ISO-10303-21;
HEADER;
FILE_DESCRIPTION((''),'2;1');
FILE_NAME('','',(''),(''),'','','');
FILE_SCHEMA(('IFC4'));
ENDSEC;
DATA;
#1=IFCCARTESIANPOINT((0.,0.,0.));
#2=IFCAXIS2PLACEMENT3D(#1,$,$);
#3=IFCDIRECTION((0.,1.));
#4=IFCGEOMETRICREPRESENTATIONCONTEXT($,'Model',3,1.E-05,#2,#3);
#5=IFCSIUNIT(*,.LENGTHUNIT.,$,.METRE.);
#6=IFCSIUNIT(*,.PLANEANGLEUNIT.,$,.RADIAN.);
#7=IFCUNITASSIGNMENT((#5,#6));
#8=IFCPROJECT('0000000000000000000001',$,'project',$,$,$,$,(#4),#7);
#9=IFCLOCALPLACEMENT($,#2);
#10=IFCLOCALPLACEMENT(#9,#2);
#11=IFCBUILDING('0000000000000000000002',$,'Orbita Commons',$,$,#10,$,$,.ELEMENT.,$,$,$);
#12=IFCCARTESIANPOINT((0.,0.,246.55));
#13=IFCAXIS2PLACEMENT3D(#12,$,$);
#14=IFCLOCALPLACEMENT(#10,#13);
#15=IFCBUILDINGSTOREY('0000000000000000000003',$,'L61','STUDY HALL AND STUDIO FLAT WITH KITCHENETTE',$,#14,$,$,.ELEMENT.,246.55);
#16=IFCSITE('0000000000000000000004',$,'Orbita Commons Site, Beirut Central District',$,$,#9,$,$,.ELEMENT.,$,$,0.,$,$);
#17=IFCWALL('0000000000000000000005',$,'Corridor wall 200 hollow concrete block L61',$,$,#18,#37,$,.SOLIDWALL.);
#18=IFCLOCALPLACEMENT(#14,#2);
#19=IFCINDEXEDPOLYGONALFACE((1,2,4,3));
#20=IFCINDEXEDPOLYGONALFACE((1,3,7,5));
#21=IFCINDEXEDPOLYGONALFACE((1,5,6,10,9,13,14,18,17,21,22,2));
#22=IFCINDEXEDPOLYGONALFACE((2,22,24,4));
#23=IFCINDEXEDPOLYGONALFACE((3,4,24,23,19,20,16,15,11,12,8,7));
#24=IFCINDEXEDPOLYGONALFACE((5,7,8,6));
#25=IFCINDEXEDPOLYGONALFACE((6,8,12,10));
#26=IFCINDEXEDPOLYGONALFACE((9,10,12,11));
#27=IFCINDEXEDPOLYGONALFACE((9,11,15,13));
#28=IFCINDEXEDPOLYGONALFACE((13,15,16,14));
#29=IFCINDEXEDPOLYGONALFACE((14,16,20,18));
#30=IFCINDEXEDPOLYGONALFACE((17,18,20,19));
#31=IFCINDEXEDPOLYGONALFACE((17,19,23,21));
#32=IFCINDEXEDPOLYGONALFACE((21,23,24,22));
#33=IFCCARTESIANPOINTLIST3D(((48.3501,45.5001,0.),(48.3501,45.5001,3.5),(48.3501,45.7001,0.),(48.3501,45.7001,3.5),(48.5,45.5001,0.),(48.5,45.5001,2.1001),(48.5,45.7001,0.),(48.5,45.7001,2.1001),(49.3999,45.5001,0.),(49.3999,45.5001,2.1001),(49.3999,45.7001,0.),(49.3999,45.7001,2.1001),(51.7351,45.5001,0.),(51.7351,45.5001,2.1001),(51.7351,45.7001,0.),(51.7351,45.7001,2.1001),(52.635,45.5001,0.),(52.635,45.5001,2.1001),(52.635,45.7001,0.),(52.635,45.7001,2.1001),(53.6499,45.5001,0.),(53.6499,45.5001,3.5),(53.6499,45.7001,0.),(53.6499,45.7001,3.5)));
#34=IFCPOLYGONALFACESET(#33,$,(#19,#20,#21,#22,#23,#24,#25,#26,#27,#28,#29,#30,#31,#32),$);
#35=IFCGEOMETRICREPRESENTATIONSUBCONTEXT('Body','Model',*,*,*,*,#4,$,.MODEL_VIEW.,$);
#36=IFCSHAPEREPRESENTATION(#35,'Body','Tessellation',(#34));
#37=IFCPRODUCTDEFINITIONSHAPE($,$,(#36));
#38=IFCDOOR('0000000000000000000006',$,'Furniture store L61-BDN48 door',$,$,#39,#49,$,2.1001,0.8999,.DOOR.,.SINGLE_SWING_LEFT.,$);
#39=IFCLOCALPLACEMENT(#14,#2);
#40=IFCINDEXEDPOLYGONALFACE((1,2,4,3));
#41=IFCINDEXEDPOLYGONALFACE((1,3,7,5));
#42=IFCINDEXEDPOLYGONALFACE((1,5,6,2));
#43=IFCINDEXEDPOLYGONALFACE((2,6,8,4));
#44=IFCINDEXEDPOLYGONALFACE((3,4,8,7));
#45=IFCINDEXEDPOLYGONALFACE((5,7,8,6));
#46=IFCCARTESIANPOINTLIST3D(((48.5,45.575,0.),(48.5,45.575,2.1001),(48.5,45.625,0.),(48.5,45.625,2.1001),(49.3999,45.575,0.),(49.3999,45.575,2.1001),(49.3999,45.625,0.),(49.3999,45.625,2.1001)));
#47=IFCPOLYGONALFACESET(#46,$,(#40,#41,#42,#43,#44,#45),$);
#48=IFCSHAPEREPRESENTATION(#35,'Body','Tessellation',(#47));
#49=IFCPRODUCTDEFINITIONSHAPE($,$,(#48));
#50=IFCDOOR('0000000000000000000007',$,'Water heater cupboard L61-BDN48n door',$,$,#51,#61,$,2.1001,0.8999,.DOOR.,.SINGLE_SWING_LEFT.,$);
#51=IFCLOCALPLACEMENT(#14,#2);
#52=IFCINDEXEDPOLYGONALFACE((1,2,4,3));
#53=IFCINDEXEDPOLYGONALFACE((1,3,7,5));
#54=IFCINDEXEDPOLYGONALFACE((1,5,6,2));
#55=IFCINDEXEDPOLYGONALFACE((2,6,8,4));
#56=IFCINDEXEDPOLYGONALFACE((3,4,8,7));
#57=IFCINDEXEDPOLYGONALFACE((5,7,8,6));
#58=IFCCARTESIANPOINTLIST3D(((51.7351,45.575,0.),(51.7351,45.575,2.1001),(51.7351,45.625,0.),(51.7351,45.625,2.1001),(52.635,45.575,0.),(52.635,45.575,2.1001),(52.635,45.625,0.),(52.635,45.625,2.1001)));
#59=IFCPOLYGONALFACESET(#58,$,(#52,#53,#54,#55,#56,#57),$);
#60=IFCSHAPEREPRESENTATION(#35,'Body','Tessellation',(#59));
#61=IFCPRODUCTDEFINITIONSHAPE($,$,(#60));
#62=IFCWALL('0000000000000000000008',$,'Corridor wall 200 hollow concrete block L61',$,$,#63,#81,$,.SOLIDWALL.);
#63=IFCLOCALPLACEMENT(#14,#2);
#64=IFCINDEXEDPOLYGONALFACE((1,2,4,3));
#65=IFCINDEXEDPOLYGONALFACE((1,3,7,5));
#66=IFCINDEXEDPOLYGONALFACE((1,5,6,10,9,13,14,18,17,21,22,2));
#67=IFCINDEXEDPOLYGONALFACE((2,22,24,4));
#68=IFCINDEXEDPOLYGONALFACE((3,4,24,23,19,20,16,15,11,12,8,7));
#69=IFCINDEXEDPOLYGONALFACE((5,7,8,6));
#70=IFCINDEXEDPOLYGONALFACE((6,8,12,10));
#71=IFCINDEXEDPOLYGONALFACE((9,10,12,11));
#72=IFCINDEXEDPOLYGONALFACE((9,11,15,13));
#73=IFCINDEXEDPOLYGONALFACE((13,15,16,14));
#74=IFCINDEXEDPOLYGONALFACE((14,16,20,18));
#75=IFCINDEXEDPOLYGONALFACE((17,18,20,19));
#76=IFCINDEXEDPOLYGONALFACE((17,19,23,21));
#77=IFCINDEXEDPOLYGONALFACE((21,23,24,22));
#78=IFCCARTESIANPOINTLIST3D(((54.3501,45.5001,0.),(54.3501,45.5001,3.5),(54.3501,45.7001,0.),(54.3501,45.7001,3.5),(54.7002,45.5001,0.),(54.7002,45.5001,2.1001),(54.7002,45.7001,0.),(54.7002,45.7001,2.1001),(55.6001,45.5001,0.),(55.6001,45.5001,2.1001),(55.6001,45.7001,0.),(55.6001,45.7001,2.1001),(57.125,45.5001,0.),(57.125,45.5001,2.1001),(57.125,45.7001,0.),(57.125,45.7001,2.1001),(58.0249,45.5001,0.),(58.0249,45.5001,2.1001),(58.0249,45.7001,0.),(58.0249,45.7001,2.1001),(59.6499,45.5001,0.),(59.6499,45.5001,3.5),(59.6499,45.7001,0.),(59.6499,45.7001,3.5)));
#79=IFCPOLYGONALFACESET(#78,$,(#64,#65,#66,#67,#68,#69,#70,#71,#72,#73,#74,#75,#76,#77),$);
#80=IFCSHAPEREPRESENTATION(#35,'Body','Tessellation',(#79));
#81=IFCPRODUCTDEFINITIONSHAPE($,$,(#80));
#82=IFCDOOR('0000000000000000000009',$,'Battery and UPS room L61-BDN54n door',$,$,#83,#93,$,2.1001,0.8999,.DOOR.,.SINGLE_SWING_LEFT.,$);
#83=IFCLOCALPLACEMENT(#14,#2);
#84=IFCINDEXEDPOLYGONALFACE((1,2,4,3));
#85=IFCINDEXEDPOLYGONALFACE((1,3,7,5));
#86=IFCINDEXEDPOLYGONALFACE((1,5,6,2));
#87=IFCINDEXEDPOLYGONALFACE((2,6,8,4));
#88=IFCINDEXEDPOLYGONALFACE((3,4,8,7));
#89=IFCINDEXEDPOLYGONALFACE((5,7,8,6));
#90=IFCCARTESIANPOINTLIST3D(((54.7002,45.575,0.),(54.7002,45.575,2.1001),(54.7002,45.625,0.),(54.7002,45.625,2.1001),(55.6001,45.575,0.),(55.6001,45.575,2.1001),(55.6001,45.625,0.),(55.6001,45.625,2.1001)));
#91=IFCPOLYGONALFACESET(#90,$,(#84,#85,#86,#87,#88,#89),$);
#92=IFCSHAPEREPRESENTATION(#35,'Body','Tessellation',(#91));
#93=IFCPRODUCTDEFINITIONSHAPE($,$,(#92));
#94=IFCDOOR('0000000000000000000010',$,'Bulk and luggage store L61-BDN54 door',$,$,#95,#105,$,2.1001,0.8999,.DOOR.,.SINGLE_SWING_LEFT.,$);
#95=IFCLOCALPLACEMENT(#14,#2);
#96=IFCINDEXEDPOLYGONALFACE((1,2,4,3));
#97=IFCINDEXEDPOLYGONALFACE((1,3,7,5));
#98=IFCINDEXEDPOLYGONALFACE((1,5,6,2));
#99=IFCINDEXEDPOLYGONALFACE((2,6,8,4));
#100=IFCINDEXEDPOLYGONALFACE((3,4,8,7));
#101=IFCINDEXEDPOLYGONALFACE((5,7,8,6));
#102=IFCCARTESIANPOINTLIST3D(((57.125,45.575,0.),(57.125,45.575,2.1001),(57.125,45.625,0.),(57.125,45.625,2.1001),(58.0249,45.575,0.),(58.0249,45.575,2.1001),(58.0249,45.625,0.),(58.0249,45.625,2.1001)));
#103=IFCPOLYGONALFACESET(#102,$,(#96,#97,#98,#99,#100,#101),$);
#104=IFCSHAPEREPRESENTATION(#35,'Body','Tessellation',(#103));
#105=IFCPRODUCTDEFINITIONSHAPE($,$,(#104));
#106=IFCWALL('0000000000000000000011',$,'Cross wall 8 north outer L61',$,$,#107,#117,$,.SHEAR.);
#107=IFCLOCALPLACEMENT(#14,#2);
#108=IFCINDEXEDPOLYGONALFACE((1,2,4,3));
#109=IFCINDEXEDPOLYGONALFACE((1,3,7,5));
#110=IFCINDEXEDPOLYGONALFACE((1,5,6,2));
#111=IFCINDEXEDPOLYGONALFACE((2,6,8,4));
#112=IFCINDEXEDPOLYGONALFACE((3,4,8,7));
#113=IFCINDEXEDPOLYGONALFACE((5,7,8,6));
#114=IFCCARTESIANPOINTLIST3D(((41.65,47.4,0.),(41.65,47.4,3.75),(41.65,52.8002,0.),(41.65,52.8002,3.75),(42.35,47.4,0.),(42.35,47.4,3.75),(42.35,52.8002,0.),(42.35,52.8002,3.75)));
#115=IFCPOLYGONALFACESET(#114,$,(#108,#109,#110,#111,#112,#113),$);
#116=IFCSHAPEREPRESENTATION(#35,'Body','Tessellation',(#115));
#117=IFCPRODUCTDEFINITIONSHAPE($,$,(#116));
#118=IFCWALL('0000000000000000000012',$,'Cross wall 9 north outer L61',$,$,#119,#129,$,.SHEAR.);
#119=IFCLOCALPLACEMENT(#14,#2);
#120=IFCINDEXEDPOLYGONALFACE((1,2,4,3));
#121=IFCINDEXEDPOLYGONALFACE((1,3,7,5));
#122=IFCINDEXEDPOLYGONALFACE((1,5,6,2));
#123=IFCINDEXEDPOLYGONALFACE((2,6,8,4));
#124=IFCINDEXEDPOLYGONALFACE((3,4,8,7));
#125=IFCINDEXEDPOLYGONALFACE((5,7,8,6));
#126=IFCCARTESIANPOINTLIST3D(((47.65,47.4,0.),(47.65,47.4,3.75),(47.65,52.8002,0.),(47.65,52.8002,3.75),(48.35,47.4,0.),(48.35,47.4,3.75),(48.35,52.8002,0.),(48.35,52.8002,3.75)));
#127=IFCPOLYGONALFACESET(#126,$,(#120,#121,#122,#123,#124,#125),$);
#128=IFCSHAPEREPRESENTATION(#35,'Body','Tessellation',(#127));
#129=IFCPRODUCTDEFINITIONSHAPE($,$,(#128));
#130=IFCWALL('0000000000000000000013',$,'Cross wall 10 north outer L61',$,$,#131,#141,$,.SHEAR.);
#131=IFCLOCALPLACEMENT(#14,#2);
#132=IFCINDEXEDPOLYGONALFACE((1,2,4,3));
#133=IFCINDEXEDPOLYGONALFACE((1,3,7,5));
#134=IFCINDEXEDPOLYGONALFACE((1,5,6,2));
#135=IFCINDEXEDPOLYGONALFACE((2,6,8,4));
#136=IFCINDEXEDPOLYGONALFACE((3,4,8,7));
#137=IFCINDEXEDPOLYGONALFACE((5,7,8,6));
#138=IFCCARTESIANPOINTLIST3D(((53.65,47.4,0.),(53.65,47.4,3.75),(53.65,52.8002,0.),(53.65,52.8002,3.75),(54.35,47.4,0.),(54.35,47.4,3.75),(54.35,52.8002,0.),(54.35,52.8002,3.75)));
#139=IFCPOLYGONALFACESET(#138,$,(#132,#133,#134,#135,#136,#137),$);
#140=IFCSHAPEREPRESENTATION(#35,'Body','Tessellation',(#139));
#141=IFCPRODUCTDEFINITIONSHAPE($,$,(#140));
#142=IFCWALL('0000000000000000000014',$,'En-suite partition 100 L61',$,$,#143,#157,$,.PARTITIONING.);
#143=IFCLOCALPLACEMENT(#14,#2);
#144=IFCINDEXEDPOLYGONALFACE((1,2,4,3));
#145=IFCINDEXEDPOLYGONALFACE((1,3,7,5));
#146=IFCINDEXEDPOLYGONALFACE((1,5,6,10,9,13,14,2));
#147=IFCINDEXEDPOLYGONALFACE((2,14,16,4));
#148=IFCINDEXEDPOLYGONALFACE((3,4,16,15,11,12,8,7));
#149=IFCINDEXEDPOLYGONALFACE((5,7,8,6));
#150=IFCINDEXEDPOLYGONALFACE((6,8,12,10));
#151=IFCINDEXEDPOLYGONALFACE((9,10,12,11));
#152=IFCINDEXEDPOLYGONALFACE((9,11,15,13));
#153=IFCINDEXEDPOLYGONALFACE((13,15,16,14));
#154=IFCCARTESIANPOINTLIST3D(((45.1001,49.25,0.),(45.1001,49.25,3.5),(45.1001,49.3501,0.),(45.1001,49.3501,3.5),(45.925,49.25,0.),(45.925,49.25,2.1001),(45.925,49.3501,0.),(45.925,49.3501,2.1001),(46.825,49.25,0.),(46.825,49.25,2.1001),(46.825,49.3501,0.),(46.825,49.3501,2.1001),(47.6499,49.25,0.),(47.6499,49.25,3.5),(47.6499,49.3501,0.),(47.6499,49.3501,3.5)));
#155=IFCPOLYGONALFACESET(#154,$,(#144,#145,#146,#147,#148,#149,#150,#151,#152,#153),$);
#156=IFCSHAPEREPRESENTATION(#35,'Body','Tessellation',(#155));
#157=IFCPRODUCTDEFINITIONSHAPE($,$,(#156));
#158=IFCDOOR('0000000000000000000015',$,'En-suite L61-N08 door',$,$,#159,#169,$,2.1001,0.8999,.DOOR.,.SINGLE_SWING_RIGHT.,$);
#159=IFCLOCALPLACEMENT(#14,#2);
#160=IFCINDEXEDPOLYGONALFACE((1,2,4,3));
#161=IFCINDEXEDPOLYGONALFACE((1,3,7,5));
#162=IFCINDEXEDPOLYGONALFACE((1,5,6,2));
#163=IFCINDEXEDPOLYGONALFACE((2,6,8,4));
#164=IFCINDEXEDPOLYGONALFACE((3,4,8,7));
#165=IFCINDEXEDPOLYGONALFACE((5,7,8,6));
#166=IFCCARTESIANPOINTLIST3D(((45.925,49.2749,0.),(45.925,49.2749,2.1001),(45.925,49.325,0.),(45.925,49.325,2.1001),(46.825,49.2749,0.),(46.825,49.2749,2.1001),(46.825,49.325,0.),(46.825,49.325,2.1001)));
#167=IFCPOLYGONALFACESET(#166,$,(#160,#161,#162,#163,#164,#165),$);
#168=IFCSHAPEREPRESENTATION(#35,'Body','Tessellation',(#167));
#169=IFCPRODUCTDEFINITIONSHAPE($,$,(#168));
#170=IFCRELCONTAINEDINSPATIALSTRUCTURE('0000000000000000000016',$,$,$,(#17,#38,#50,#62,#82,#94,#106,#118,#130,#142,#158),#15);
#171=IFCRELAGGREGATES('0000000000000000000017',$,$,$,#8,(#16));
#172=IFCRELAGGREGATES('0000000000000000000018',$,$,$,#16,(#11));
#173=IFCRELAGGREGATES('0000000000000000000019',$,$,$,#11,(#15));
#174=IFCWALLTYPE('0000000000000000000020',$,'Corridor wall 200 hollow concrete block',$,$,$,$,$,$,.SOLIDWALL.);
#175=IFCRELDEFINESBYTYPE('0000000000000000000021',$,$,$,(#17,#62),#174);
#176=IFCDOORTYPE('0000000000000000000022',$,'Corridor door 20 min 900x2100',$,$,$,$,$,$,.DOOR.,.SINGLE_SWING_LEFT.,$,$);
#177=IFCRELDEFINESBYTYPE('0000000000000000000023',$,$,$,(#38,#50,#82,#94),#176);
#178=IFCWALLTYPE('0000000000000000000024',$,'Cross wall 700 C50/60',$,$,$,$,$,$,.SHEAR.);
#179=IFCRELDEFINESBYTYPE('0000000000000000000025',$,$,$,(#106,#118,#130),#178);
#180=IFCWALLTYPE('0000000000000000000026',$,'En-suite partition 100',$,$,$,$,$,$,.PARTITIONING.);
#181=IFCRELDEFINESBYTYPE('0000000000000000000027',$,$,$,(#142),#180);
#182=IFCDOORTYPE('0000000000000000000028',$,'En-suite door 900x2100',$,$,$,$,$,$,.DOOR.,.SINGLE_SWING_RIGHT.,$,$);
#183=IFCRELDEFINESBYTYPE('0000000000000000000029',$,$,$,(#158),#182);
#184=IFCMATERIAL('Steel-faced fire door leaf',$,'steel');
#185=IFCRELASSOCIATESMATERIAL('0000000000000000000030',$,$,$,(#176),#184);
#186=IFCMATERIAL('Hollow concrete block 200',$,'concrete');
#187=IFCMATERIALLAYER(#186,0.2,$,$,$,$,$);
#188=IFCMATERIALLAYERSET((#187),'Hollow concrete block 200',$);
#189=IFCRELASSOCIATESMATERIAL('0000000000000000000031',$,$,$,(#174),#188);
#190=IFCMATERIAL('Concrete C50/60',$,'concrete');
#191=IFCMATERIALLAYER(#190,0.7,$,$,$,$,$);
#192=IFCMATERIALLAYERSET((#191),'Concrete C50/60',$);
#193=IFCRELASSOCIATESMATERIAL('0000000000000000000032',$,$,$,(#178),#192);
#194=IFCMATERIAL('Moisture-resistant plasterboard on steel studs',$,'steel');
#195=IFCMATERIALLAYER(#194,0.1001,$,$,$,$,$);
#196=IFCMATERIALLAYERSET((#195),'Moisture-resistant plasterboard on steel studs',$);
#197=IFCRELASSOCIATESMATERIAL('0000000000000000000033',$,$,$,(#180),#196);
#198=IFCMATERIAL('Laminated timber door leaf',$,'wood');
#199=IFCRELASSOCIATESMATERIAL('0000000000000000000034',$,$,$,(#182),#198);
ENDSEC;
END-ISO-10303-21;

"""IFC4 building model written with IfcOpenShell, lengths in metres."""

from ifc_helpers import new_model, si_unit, direction, frame, frame_2d, origin, place, context, subcontext, project, spatial, rectangle, extrude, material, layer, layer_set, type_object, element, fill, save


model = new_model("IFC4")

# Units and contexts
model_context = context("Model", 3, precision=1e-05, world=origin(), true_north=direction((0.0, 1.0)))
body_context = subcontext(model_context, "Body", "Model", "MODEL_VIEW")
ifc_project = project(units=[si_unit("LENGTHUNIT", "METRE"), si_unit("PLANEANGLEUNIT", "RADIAN")], contexts=[model_context])

# Site, building, storey
site_placement = place(None, origin())
site = spatial("IfcSite", under=ifc_project, at=site_placement, Name="Orbita Commons Site, Beirut Central District", CompositionType="ELEMENT", RefElevation=0.0)
building_placement = place(site_placement, origin())
building = spatial("IfcBuilding", under=site, at=building_placement, Name="Orbita Commons", CompositionType="ELEMENT")
storey_placement = place(building_placement, frame((0.0, 0.0, 246.55)))
storey = spatial("IfcBuildingStorey", under=building, at=storey_placement, Name="L61", Description="STUDY HALL AND STUDIO FLAT WITH KITCHENETTE", CompositionType="ELEMENT", Elevation=246.55)

# Shared definitions
ifc_material_1 = material(Name="Steel-faced fire door leaf", Category="steel")
door_type_1 = type_object("IfcDoorType", Name="Corridor door 20 min 900x2100", OperationType="SINGLE_SWING_LEFT", PredefinedType="DOOR", material=ifc_material_1)

# Walls, openings, doors
ifc_material_2 = material(Name="Hollow concrete block 200", Category="concrete")
ifc_layer_1 = layer(ifc_material_2, 0.2)
ifc_layer_set_1 = layer_set([ifc_layer_1], Name="Hollow concrete block 200")
wall_type_1 = type_object("IfcWallType", Name="Corridor wall 200 hollow concrete block", PredefinedType="SOLIDWALL", material=ifc_layer_set_1)
wall_1_placement = place(storey_placement, frame((48.3501, 45.6001, 0.0), z_axis=(0.0, 0.0, 1.0), x_axis=(1.0, 0.0, 0.0)))
wall_1 = element("IfcWall", 1, at=wall_1_placement, inside=storey, type_object=wall_type_1, Name="Corridor wall 200 hollow concrete block L61", PredefinedType="SOLIDWALL", context=body_context, shape_type="SweptSolid", body=[
    extrude(rectangle(XDim=5.2998, YDim=0.2, at=frame_2d((2.6499, 0.0))), origin(), (0.0, 0.0, 1.0), 3.5),
])
opening_1_placement = place(wall_1_placement, frame((0.1499, 0.0, 0.0)))
opening_1 = element("IfcOpeningElement", 2, at=opening_1_placement, cuts=wall_1, PredefinedType="OPENING", context=body_context, shape_type="SweptSolid", body=[
    extrude(rectangle(XDim=0.8999, YDim=2.1001, at=frame_2d((0.45, 1.05))), frame((0.0, 0.1099, 0.0), z_axis=(0.0, -1.0, 0.0), x_axis=(1.0, 0.0, 0.0)), (0.0, 0.0, 1.0), 0.22),
])
opening_2_placement = place(wall_1_placement, frame((3.385, 0.0, 0.0)))
opening_2 = element("IfcOpeningElement", 3, at=opening_2_placement, cuts=wall_1, PredefinedType="OPENING", context=body_context, shape_type="SweptSolid", body=[
    extrude(rectangle(XDim=0.8999, YDim=2.1001, at=frame_2d((0.45, 1.05))), frame((0.0, 0.1099, 0.0), z_axis=(0.0, -1.0, 0.0), x_axis=(1.0, 0.0, 0.0)), (0.0, 0.0, 1.0), 0.22),
])
door_1_placement = place(opening_1_placement, origin())
door_1 = element("IfcDoor", 4, at=door_1_placement, inside=storey, type_object=door_type_1, Name="Furniture store L61-BDN48 door", OperationType="SINGLE_SWING_LEFT", OverallHeight=2.1001, OverallWidth=0.8999, PredefinedType="DOOR", context=body_context, shape_type="SweptSolid", body=[
    extrude(rectangle(XDim=0.8999, YDim=2.1001, at=frame_2d((0.45, 1.05))), frame((0.0, 0.0249, 0.0), z_axis=(0.0, -1.0, 0.0), x_axis=(1.0, 0.0, 0.0)), (0.0, 0.0, 1.0), 0.05),
])
fill(opening_1, door_1)
door_2_placement = place(opening_2_placement, origin())
door_2 = element("IfcDoor", 5, at=door_2_placement, inside=storey, type_object=door_type_1, Name="Water heater cupboard L61-BDN48n door", OperationType="SINGLE_SWING_LEFT", OverallHeight=2.1001, OverallWidth=0.8999, PredefinedType="DOOR", context=body_context, shape_type="SweptSolid", body=[
    extrude(rectangle(XDim=0.8999, YDim=2.1001, at=frame_2d((0.45, 1.05))), frame((0.0, 0.0249, 0.0), z_axis=(0.0, -1.0, 0.0), x_axis=(1.0, 0.0, 0.0)), (0.0, 0.0, 1.0), 0.05),
])
fill(opening_2, door_2)
wall_2_placement = place(storey_placement, frame((54.3501, 45.6001, 0.0), z_axis=(0.0, 0.0, 1.0), x_axis=(1.0, 0.0, 0.0)))
wall_2 = element("IfcWall", 6, at=wall_2_placement, inside=storey, type_object=wall_type_1, Name="Corridor wall 200 hollow concrete block L61", PredefinedType="SOLIDWALL", context=body_context, shape_type="SweptSolid", body=[
    extrude(rectangle(XDim=5.2998, YDim=0.2, at=frame_2d((2.6499, 0.0))), origin(), (0.0, 0.0, 1.0), 3.5),
])
opening_3_placement = place(wall_2_placement, frame((0.3501, 0.0, 0.0)))
opening_3 = element("IfcOpeningElement", 7, at=opening_3_placement, cuts=wall_2, PredefinedType="OPENING", context=body_context, shape_type="SweptSolid", body=[
    extrude(rectangle(XDim=0.8999, YDim=2.1001, at=frame_2d((0.45, 1.05))), frame((0.0, 0.1099, 0.0), z_axis=(0.0, -1.0, 0.0), x_axis=(1.0, 0.0, 0.0)), (0.0, 0.0, 1.0), 0.22),
])
opening_4_placement = place(wall_2_placement, frame((2.7749, 0.0, 0.0)))
opening_4 = element("IfcOpeningElement", 8, at=opening_4_placement, cuts=wall_2, PredefinedType="OPENING", context=body_context, shape_type="SweptSolid", body=[
    extrude(rectangle(XDim=0.8999, YDim=2.1001, at=frame_2d((0.45, 1.05))), frame((0.0, 0.1099, 0.0), z_axis=(0.0, -1.0, 0.0), x_axis=(1.0, 0.0, 0.0)), (0.0, 0.0, 1.0), 0.22),
])
door_3_placement = place(opening_3_placement, origin())
door_3 = element("IfcDoor", 9, at=door_3_placement, inside=storey, type_object=door_type_1, Name="Battery and UPS room L61-BDN54n door", OperationType="SINGLE_SWING_LEFT", OverallHeight=2.1001, OverallWidth=0.8999, PredefinedType="DOOR", context=body_context, shape_type="SweptSolid", body=[
    extrude(rectangle(XDim=0.8999, YDim=2.1001, at=frame_2d((0.45, 1.05))), frame((0.0, 0.0249, 0.0), z_axis=(0.0, -1.0, 0.0), x_axis=(1.0, 0.0, 0.0)), (0.0, 0.0, 1.0), 0.05),
])
fill(opening_3, door_3)
door_4_placement = place(opening_4_placement, origin())
door_4 = element("IfcDoor", 10, at=door_4_placement, inside=storey, type_object=door_type_1, Name="Bulk and luggage store L61-BDN54 door", OperationType="SINGLE_SWING_LEFT", OverallHeight=2.1001, OverallWidth=0.8999, PredefinedType="DOOR", context=body_context, shape_type="SweptSolid", body=[
    extrude(rectangle(XDim=0.8999, YDim=2.1001, at=frame_2d((0.45, 1.05))), frame((0.0, 0.0249, 0.0), z_axis=(0.0, -1.0, 0.0), x_axis=(1.0, 0.0, 0.0)), (0.0, 0.0, 1.0), 0.05),
])
fill(opening_4, door_4)

# Walls
ifc_material_3 = material(Name="Concrete C50/60", Category="concrete")
ifc_layer_2 = layer(ifc_material_3, 0.7)
ifc_layer_set_2 = layer_set([ifc_layer_2], Name="Concrete C50/60")
wall_type_2 = type_object("IfcWallType", Name="Cross wall 700 C50/60", PredefinedType="SHEAR", material=ifc_layer_set_2)
for number, where, z_axis, x_axis, name in (
    (11, (42.0, 47.3999, 0.0), (0.0, 0.0, 1.0), (0.0, 1.0, 0.0), "Cross wall 8 north outer L61"),
    (12, (48.0, 47.3999, 0.0), (0.0, 0.0, 1.0), (0.0, 1.0, 0.0), "Cross wall 9 north outer L61"),
    (13, (54.0, 47.3999, 0.0), (0.0, 0.0, 1.0), (0.0, 1.0, 0.0), "Cross wall 10 north outer L61"),
):
    element("IfcWall", number, at=place(storey_placement, frame(where, z_axis=z_axis, x_axis=x_axis)), inside=storey, type_object=wall_type_2, Name=name, PredefinedType="SHEAR", context=body_context, shape_type="SweptSolid", body=[
        extrude(rectangle(XDim=5.4001, YDim=0.7, at=frame_2d((2.7002, 0.0))), origin(), (0.0, 0.0, 1.0), 3.75),
    ])

# Wall, opening, door
ifc_material_4 = material(Name="Moisture-resistant plasterboard on steel studs", Category="steel")
ifc_layer_3 = layer(ifc_material_4, 0.1001)
ifc_layer_set_3 = layer_set([ifc_layer_3], Name="Moisture-resistant plasterboard on steel studs")
wall_type_3 = type_object("IfcWallType", Name="En-suite partition 100", PredefinedType="PARTITIONING", material=ifc_layer_set_3)
wall_3_placement = place(storey_placement, frame((45.1001, 49.3, 0.0), z_axis=(0.0, 0.0, 1.0), x_axis=(1.0, 0.0, 0.0)))
wall_3 = element("IfcWall", 14, at=wall_3_placement, inside=storey, type_object=wall_type_3, Name="En-suite partition 100 L61", PredefinedType="PARTITIONING", context=body_context, shape_type="SweptSolid", body=[
    extrude(rectangle(XDim=2.5498, YDim=0.1001, at=frame_2d((1.2749, 0.0))), origin(), (0.0, 0.0, 1.0), 3.5),
])
opening_5_placement = place(wall_3_placement, frame((0.825, 0.0, 0.0)))
opening_5 = element("IfcOpeningElement", 15, at=opening_5_placement, cuts=wall_3, PredefinedType="OPENING", context=body_context, shape_type="SweptSolid", body=[
    extrude(rectangle(XDim=0.8999, YDim=2.1001, at=frame_2d((0.45, 1.05))), frame((0.0, 0.0601, 0.0), z_axis=(0.0, -1.0, 0.0), x_axis=(1.0, 0.0, 0.0)), (0.0, 0.0, 1.0), 0.1201),
])
ifc_material_5 = material(Name="Laminated timber door leaf", Category="wood")
door_type_2 = type_object("IfcDoorType", Name="En-suite door 900x2100", OperationType="SINGLE_SWING_RIGHT", PredefinedType="DOOR", material=ifc_material_5)
door_5_placement = place(opening_5_placement, origin())
door_5 = element("IfcDoor", 16, at=door_5_placement, inside=storey, type_object=door_type_2, Name="En-suite L61-N08 door", OperationType="SINGLE_SWING_RIGHT", OverallHeight=2.1001, OverallWidth=0.8999, PredefinedType="DOOR", context=body_context, shape_type="SweptSolid", body=[
    extrude(rectangle(XDim=0.8999, YDim=2.1001, at=frame_2d((0.45, 1.05))), frame((0.0, 0.0249, 0.0), z_axis=(0.0, -1.0, 0.0), x_axis=(1.0, 0.0, 0.0)), (0.0, 0.0, 1.0), 0.05),
])
fill(opening_5, door_5)

save(model, "model.ifc")
